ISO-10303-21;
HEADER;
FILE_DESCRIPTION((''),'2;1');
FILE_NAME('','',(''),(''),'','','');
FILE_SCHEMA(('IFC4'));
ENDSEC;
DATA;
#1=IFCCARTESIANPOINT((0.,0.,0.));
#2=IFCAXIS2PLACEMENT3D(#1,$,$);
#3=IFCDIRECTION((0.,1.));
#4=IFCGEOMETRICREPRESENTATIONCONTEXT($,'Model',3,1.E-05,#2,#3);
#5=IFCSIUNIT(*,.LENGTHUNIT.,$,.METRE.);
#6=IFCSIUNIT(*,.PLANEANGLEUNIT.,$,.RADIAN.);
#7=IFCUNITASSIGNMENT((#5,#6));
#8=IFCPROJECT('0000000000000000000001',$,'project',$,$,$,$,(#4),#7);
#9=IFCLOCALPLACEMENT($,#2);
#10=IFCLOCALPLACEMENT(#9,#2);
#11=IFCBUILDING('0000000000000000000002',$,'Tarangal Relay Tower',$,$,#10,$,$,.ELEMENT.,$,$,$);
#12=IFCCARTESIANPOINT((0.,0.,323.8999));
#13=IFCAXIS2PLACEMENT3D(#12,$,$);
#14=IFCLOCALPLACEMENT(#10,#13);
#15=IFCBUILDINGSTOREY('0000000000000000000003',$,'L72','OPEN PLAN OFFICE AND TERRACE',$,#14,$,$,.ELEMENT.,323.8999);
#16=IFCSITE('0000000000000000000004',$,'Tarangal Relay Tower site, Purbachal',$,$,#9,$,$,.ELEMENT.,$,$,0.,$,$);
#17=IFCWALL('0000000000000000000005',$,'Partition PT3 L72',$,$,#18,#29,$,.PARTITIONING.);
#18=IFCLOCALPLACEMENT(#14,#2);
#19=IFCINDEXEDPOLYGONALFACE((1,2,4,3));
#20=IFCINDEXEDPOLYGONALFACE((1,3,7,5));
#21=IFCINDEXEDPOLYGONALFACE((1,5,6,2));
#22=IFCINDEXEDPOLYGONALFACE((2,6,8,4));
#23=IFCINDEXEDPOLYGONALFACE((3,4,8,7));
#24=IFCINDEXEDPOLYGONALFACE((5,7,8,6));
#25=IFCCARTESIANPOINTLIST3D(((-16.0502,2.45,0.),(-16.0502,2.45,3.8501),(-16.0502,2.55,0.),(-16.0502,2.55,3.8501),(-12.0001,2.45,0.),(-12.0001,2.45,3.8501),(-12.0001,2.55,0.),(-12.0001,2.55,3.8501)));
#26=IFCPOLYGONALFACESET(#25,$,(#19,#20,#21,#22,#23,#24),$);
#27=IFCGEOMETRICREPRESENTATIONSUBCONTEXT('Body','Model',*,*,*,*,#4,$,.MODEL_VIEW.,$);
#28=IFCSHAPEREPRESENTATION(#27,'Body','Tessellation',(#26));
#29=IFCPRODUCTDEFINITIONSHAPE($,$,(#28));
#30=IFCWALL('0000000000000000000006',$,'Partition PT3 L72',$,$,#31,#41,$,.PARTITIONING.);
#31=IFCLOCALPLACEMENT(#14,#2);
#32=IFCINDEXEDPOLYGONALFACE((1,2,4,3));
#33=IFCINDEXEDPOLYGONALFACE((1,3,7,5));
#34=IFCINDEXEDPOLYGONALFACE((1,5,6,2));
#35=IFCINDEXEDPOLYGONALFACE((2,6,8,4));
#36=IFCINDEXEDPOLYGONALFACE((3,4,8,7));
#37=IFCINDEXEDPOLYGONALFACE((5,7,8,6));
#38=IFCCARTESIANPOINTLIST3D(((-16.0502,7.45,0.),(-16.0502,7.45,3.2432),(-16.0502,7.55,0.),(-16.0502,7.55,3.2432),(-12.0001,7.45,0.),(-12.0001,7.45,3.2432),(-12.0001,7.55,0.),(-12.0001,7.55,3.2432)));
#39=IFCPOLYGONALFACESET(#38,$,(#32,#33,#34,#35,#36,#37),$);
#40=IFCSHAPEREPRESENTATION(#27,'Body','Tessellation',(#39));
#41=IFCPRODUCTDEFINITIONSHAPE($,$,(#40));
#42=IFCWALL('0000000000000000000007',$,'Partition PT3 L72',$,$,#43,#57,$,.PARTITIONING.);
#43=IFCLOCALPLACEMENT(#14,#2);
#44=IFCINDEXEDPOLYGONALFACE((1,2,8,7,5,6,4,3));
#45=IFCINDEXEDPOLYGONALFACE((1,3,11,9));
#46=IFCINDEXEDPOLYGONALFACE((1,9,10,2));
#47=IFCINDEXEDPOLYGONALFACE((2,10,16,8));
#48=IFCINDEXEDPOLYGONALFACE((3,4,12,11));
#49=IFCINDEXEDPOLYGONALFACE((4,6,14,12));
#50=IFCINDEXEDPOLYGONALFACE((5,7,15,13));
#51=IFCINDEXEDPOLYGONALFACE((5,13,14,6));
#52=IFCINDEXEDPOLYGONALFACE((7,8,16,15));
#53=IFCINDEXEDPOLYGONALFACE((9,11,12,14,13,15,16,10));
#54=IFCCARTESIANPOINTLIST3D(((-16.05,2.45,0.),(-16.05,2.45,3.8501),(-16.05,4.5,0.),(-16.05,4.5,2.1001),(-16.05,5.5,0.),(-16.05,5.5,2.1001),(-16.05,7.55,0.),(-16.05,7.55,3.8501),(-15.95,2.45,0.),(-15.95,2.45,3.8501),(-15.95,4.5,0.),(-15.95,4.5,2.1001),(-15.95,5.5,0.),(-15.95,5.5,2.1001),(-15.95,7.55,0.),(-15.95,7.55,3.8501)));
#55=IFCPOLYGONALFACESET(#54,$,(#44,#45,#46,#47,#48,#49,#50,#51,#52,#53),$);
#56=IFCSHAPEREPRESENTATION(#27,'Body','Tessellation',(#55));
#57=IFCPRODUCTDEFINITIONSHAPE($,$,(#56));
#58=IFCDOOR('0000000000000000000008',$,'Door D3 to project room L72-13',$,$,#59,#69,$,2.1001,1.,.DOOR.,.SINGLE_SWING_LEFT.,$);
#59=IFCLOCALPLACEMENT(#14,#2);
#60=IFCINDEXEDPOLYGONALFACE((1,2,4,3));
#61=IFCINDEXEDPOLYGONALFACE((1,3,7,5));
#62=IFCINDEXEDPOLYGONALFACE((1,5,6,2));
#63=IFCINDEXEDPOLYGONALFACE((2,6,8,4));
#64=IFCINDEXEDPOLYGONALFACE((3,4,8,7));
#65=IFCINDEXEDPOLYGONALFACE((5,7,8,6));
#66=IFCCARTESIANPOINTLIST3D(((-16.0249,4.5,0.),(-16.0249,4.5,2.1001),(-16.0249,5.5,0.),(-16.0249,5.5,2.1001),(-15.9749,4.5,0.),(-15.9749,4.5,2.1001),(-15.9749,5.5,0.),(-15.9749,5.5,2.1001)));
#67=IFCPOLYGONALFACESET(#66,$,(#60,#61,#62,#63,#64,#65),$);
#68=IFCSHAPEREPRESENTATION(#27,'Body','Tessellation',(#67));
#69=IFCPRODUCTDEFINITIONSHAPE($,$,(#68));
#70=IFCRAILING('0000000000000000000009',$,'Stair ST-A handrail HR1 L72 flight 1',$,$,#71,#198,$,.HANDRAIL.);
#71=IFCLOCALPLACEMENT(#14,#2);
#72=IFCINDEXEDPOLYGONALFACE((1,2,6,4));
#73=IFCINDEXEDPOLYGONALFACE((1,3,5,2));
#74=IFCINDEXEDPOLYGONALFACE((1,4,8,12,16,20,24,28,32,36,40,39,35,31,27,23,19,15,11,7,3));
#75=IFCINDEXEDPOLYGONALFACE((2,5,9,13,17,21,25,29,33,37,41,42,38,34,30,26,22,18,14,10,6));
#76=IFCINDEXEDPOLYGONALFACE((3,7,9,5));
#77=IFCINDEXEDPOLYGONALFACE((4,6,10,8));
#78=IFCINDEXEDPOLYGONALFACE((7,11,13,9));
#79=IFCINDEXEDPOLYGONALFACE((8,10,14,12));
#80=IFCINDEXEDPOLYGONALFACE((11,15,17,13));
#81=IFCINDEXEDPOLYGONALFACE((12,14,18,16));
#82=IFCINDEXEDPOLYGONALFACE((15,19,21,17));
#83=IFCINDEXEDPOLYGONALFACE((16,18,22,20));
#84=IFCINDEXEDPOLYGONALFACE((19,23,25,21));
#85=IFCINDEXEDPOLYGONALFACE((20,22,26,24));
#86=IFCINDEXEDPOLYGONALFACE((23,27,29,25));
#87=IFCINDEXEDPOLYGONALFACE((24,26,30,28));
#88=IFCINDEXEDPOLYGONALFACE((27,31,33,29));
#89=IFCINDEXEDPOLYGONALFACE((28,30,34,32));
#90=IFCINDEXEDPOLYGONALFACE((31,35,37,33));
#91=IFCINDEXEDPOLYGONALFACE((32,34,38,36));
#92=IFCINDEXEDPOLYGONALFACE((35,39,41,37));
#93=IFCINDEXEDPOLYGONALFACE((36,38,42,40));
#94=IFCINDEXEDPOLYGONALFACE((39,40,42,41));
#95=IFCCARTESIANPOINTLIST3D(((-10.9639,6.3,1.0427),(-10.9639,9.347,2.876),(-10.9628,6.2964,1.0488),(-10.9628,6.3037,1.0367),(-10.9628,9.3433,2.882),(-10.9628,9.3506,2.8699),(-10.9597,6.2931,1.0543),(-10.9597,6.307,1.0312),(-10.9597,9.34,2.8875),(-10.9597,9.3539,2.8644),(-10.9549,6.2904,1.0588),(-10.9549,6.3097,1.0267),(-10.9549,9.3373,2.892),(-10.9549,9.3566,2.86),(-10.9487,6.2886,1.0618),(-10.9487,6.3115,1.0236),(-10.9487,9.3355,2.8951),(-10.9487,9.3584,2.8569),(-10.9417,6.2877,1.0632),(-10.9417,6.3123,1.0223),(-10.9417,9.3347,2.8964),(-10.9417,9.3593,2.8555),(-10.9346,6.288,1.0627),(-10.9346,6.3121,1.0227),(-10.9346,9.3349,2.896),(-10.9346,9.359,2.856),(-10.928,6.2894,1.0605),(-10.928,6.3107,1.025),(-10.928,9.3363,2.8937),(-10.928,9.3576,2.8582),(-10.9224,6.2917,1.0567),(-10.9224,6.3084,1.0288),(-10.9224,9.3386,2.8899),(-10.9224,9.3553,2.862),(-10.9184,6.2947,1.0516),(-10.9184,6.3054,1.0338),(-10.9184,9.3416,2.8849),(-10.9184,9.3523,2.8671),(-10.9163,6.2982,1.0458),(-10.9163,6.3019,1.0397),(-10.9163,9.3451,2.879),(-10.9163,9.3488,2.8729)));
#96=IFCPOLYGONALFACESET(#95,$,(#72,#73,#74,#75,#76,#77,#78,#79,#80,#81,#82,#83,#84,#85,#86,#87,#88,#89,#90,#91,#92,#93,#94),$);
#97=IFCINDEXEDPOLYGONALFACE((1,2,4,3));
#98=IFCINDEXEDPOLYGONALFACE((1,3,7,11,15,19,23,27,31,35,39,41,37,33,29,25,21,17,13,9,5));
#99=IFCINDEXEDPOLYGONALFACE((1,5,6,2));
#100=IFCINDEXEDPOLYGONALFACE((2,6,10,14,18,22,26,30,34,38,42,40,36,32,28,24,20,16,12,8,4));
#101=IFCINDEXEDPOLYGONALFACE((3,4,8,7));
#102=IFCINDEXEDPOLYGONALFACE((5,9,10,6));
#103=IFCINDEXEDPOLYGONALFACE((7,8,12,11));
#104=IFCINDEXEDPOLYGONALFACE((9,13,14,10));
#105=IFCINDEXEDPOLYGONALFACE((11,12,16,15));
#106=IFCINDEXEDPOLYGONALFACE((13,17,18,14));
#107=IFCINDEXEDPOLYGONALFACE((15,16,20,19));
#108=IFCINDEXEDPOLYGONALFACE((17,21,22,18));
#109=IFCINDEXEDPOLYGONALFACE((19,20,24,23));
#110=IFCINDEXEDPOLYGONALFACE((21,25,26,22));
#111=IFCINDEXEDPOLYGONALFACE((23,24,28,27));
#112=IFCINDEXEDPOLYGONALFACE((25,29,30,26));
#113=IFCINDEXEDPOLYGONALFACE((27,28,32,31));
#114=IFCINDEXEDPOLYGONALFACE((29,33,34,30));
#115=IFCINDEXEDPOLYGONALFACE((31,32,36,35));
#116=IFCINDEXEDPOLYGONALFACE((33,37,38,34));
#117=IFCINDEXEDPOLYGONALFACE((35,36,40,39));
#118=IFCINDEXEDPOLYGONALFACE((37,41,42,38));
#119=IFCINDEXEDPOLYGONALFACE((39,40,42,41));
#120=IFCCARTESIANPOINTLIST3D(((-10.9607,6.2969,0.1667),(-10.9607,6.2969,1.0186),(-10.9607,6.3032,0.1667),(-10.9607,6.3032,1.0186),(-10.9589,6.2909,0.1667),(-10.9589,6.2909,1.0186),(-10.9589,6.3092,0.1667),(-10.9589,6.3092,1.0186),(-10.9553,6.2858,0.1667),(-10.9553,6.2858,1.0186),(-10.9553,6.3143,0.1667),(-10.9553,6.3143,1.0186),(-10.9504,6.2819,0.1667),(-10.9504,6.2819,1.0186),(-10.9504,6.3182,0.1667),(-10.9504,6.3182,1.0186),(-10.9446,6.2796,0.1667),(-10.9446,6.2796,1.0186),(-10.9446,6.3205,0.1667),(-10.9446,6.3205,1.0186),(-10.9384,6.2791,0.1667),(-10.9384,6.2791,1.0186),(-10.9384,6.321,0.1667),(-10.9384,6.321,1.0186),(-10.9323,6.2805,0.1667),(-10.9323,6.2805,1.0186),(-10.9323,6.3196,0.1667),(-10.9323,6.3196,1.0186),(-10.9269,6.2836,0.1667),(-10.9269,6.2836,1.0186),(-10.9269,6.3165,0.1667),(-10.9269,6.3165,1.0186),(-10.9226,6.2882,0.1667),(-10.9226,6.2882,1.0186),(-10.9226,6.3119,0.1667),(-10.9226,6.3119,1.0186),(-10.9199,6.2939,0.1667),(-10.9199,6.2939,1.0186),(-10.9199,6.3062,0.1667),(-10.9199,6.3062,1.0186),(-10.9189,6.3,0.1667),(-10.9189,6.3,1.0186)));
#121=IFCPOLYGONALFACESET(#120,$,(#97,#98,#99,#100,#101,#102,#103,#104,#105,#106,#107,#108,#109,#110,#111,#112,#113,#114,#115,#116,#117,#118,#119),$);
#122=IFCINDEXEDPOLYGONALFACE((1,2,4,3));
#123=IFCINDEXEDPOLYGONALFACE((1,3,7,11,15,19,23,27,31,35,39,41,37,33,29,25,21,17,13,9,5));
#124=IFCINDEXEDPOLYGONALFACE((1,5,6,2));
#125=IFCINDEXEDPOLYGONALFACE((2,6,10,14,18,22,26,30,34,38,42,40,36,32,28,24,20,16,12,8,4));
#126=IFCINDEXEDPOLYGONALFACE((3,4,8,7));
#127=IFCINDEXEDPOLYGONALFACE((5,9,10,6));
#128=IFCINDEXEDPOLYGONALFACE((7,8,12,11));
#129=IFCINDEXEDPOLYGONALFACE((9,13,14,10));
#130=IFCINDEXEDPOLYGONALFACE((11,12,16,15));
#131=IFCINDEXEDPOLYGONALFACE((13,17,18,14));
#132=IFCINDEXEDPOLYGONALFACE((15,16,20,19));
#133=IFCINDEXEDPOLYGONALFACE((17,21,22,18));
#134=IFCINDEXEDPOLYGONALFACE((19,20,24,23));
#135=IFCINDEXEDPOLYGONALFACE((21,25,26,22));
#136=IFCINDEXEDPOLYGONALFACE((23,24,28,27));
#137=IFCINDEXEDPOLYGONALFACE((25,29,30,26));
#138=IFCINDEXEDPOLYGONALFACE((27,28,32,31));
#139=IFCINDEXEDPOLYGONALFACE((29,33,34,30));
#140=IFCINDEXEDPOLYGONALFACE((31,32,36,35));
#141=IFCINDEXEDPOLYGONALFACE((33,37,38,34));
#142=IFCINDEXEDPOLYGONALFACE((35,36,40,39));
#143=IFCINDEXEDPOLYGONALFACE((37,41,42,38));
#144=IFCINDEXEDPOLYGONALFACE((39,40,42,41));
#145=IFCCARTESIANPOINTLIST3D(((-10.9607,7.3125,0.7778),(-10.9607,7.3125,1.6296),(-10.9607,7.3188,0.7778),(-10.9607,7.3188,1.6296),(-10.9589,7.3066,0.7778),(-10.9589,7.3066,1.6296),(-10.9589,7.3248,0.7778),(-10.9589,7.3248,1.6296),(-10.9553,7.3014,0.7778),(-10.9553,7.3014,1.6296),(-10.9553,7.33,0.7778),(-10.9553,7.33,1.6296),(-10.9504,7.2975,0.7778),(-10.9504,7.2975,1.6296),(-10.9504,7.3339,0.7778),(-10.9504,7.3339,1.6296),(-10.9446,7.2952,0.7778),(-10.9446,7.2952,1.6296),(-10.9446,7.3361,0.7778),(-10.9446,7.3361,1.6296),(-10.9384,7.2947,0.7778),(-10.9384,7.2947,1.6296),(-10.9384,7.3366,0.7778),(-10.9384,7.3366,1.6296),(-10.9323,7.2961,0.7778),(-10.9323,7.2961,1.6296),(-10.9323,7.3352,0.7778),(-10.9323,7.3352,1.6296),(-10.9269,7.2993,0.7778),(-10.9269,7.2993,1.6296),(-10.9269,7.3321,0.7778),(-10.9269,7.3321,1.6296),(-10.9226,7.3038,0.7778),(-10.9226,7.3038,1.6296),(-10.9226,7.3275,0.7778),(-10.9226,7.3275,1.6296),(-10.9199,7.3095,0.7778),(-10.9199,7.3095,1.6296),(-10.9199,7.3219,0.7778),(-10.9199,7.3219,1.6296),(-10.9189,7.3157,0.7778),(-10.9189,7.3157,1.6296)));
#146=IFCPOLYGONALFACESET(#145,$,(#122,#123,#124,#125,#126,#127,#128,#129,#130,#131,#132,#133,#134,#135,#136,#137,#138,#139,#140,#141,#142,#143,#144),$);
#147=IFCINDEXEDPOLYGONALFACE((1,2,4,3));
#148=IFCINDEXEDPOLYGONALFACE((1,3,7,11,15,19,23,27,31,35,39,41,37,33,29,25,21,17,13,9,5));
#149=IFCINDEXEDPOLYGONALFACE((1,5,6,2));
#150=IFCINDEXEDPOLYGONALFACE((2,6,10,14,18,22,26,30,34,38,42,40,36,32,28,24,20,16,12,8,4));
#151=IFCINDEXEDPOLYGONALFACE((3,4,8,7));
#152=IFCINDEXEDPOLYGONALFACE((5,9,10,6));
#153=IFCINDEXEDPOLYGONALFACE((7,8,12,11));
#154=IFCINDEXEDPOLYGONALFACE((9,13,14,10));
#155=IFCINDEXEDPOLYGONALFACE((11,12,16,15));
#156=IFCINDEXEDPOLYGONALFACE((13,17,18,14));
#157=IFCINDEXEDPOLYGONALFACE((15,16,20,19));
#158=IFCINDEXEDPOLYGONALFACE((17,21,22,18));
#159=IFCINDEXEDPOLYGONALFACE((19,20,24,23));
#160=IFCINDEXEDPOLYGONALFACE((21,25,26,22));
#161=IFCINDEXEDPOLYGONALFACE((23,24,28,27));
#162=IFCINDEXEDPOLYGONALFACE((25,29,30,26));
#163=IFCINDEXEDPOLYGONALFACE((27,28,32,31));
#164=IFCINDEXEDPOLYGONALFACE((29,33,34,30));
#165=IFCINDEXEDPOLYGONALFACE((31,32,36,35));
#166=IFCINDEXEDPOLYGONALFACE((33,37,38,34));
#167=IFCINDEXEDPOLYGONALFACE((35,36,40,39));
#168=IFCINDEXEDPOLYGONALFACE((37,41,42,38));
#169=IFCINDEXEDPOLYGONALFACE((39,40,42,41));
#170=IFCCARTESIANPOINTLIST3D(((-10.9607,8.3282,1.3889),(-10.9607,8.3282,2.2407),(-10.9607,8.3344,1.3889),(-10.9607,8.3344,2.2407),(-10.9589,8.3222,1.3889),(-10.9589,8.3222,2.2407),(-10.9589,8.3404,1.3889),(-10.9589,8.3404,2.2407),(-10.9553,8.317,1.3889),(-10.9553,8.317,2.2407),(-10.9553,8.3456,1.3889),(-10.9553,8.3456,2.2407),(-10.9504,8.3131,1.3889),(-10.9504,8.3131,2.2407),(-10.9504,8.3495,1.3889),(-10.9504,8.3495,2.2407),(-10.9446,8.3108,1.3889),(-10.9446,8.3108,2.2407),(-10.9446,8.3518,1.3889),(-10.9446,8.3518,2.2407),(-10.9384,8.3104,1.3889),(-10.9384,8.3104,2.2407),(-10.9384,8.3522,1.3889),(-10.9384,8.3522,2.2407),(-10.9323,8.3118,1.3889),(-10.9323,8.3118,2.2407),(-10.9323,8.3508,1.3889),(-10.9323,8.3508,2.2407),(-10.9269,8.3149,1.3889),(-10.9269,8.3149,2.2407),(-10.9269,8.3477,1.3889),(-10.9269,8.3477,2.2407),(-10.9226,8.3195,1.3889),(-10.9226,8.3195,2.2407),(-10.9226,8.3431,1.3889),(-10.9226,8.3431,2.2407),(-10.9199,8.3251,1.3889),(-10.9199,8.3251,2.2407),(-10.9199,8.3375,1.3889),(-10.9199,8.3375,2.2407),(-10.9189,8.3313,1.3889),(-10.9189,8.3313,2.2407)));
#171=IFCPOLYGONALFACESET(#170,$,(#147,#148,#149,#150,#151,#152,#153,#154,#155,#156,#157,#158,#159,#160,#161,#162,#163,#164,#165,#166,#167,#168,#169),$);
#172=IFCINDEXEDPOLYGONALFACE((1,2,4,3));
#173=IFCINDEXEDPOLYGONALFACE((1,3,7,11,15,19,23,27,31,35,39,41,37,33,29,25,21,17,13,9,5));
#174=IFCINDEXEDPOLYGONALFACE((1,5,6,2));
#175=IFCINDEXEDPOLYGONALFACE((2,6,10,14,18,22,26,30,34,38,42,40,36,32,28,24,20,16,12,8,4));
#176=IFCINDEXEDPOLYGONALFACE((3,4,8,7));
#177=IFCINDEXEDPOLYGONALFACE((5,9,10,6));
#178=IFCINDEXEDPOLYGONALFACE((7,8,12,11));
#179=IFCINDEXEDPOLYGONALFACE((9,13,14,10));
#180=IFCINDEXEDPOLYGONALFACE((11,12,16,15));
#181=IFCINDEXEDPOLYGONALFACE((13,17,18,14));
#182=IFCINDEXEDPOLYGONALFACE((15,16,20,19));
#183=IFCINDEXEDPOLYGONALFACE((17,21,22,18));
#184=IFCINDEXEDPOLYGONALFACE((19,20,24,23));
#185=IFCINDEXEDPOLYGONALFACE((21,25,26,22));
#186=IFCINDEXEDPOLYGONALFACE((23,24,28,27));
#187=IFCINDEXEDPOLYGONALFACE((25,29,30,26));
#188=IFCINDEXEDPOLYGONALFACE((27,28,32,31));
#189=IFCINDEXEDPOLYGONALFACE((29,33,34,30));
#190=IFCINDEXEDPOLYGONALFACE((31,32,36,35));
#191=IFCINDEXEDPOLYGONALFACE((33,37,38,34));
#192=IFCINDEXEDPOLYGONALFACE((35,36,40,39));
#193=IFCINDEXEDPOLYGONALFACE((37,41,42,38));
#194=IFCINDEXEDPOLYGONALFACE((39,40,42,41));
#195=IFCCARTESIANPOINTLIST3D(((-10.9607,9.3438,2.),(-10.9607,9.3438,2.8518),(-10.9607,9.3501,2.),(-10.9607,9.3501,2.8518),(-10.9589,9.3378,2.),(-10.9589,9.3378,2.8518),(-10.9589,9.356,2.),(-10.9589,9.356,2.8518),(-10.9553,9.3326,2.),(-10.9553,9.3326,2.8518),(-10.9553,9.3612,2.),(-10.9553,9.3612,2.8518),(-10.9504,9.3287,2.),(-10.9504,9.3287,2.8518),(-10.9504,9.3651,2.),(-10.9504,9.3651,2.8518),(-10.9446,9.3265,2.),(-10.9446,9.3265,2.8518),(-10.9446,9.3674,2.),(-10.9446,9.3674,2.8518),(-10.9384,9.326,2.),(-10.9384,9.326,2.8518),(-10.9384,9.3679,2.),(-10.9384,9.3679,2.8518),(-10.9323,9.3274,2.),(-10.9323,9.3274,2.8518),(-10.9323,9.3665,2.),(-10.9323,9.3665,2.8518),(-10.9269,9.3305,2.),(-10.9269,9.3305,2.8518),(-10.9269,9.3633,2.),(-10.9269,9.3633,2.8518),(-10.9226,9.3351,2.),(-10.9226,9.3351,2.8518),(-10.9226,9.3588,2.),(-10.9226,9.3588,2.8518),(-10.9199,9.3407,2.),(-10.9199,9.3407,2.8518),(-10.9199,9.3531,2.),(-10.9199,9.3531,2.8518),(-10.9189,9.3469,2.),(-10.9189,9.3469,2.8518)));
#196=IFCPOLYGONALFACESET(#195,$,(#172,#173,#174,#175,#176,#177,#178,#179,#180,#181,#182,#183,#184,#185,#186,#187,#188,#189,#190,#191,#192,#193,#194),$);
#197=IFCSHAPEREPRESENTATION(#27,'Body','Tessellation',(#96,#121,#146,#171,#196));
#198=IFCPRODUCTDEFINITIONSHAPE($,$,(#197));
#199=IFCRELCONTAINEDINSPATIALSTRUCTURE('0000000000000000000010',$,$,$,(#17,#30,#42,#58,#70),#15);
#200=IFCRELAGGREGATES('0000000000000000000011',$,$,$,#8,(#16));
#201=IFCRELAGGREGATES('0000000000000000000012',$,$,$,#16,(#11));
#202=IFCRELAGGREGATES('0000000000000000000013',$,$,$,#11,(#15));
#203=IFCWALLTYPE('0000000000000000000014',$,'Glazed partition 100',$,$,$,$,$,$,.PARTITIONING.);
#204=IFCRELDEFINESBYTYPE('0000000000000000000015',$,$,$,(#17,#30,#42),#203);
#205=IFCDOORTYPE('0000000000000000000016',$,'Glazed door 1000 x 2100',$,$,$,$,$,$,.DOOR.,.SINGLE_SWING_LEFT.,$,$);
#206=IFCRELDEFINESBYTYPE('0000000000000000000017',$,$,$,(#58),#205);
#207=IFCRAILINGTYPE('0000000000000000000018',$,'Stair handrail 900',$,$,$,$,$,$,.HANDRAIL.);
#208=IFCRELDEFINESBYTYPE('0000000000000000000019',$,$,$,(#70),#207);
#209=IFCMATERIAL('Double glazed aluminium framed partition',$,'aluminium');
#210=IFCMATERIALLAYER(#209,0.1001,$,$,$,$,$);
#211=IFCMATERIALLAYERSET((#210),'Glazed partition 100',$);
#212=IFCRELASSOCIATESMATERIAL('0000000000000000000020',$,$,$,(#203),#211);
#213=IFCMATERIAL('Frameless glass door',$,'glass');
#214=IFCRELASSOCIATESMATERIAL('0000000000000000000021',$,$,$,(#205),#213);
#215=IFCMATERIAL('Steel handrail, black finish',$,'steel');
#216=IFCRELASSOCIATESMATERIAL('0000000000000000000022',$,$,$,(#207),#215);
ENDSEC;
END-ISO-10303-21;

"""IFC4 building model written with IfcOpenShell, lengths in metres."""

from ifc_helpers import new_model, si_unit, direction, frame, frame_2d, origin, origin_2d, place, context, subcontext, project, spatial, rectangle, circle, extrude, material, layer, layer_set, type_object, element, fill, save


model = new_model("IFC4")

# Units and contexts
model_context = context("Model", 3, precision=1e-05, world=origin(), true_north=direction((0.0, 1.0)))
body_context = subcontext(model_context, "Body", "Model", "MODEL_VIEW")
ifc_project = project(units=[si_unit("LENGTHUNIT", "METRE"), si_unit("PLANEANGLEUNIT", "RADIAN")], contexts=[model_context])

# Site, building, storey
site_placement = place(None, origin())
site = spatial("IfcSite", under=ifc_project, at=site_placement, Name="Tarangal Relay Tower site, Purbachal", CompositionType="ELEMENT", RefElevation=0.0)
building_placement = place(site_placement, origin())
building = spatial("IfcBuilding", under=site, at=building_placement, Name="Tarangal Relay Tower", CompositionType="ELEMENT")
storey_placement = place(building_placement, frame((0.0, 0.0, 323.8999)))
storey = spatial("IfcBuildingStorey", under=building, at=storey_placement, Name="L72", Description="OPEN PLAN OFFICE AND TERRACE", CompositionType="ELEMENT", Elevation=323.8999)

# Walls
ifc_material_1 = material(Name="Double glazed aluminium framed partition", Category="aluminium")
ifc_layer_1 = layer(ifc_material_1, 0.1001)
ifc_layer_set_1 = layer_set([ifc_layer_1], Name="Glazed partition 100")
wall_type_1 = type_object("IfcWallType", Name="Glazed partition 100", PredefinedType="PARTITIONING", material=ifc_layer_set_1)
wall_1_placement = place(storey_placement, frame((-16.05, 2.5, 0.0), z_axis=(0.0, 0.0, 1.0), x_axis=(1.0, 0.0, 0.0)))
element("IfcWall", 1, at=wall_1_placement, inside=storey, type_object=wall_type_1, Name="Partition PT3 L72", PredefinedType="PARTITIONING", context=body_context, shape_type="SweptSolid", body=[
    extrude(rectangle(XDim=4.05, YDim=0.1001, at=frame_2d((2.0249, 0.0))), origin(), (0.0, 0.0, 1.0), 3.8501),
])
wall_2_placement = place(storey_placement, frame((-16.05, 7.5, 0.0), z_axis=(0.0, 0.0, 1.0), x_axis=(1.0, 0.0, 0.0)))
element("IfcWall", 2, at=wall_2_placement, inside=storey, type_object=wall_type_1, Name="Partition PT3 L72", PredefinedType="PARTITIONING", context=body_context, shape_type="SweptSolid", body=[
    extrude(rectangle(XDim=4.05, YDim=0.1001, at=frame_2d((2.0249, 0.0))), origin(), (0.0, 0.0, 1.0), 3.2432),
])

# Wall, opening, door
wall_3_placement = place(storey_placement, frame((-16.0, 2.45, 0.0), z_axis=(0.0, 0.0, 1.0), x_axis=(0.0, 1.0, 0.0)))
wall_3 = element("IfcWall", 3, at=wall_3_placement, inside=storey, type_object=wall_type_1, Name="Partition PT3 L72", PredefinedType="PARTITIONING", context=body_context, shape_type="SweptSolid", body=[
    extrude(rectangle(XDim=5.1001, YDim=0.1001, at=frame_2d((2.55, 0.0))), origin(), (0.0, 0.0, 1.0), 3.8501),
])
opening_1_placement = place(wall_3_placement, frame((2.05, 0.0, 0.0)))
opening_1 = element("IfcOpeningElement", 4, at=opening_1_placement, cuts=wall_3, PredefinedType="OPENING", context=body_context, shape_type="SweptSolid", body=[
    extrude(rectangle(XDim=1.0, YDim=2.1001, at=frame_2d((0.5, 1.05))), frame((0.0, 0.0601, 0.0), z_axis=(0.0, -1.0, 0.0), x_axis=(1.0, 0.0, 0.0)), (0.0, 0.0, 1.0), 0.1201),
])
ifc_material_2 = material(Name="Frameless glass door", Category="glass")
door_type_1 = type_object("IfcDoorType", Name="Glazed door 1000 x 2100", OperationType="SINGLE_SWING_LEFT", PredefinedType="DOOR", material=ifc_material_2)
door_1_placement = place(opening_1_placement, origin())
door_1 = element("IfcDoor", 5, at=door_1_placement, inside=storey, type_object=door_type_1, Name="Door D3 to project room L72-13", OperationType="SINGLE_SWING_LEFT", OverallHeight=2.1001, OverallWidth=1.0, PredefinedType="DOOR", context=body_context, shape_type="SweptSolid", body=[
    extrude(rectangle(XDim=1.0, YDim=2.1001, at=frame_2d((0.5, 1.05))), frame((0.0, 0.0249, 0.0), z_axis=(0.0, -1.0, 0.0), x_axis=(1.0, 0.0, 0.0)), (0.0, 0.0, 1.0), 0.05),
])
fill(opening_1, door_1)

# Railing
ifc_material_3 = material(Name="Steel handrail, black finish", Category="steel")
railing_type = type_object("IfcRailingType", Name="Stair handrail 900", PredefinedType="HANDRAIL", material=ifc_material_3)
railing_placement = place(storey_placement, frame((-10.9399, 6.3, 0.1667)))
element("IfcRailing", 6, at=railing_placement, inside=storey, type_object=railing_type, Name="Stair ST-A handrail HR1 L72 flight 1", PredefinedType="HANDRAIL", context=body_context, shape_type="SweptSolid", body=[
    extrude(circle(Radius=0.0239, at=origin_2d()), frame((0.0, 0.0, 0.876), z_axis=(0.0, 0.856856, 0.515556), x_axis=(-1.0, 0.0, 0.0)), (0.0, 0.0, 1.0), 3.5559),
    extrude(circle(Radius=0.021, at=origin_2d()), origin(), (0.0, 0.0, 1.0), 0.8518),
    extrude(circle(Radius=0.021, at=origin_2d()), frame((0.0, 1.0156, 0.6111)), (0.0, 0.0, 1.0), 0.8518),
    extrude(circle(Radius=0.021, at=origin_2d()), frame((0.0, 2.0312, 1.2222)), (0.0, 0.0, 1.0), 0.8518),
    extrude(circle(Radius=0.021, at=origin_2d()), frame((0.0, 3.0469, 1.8333)), (0.0, 0.0, 1.0), 0.8518),
])

save(model, "model.ifc")
